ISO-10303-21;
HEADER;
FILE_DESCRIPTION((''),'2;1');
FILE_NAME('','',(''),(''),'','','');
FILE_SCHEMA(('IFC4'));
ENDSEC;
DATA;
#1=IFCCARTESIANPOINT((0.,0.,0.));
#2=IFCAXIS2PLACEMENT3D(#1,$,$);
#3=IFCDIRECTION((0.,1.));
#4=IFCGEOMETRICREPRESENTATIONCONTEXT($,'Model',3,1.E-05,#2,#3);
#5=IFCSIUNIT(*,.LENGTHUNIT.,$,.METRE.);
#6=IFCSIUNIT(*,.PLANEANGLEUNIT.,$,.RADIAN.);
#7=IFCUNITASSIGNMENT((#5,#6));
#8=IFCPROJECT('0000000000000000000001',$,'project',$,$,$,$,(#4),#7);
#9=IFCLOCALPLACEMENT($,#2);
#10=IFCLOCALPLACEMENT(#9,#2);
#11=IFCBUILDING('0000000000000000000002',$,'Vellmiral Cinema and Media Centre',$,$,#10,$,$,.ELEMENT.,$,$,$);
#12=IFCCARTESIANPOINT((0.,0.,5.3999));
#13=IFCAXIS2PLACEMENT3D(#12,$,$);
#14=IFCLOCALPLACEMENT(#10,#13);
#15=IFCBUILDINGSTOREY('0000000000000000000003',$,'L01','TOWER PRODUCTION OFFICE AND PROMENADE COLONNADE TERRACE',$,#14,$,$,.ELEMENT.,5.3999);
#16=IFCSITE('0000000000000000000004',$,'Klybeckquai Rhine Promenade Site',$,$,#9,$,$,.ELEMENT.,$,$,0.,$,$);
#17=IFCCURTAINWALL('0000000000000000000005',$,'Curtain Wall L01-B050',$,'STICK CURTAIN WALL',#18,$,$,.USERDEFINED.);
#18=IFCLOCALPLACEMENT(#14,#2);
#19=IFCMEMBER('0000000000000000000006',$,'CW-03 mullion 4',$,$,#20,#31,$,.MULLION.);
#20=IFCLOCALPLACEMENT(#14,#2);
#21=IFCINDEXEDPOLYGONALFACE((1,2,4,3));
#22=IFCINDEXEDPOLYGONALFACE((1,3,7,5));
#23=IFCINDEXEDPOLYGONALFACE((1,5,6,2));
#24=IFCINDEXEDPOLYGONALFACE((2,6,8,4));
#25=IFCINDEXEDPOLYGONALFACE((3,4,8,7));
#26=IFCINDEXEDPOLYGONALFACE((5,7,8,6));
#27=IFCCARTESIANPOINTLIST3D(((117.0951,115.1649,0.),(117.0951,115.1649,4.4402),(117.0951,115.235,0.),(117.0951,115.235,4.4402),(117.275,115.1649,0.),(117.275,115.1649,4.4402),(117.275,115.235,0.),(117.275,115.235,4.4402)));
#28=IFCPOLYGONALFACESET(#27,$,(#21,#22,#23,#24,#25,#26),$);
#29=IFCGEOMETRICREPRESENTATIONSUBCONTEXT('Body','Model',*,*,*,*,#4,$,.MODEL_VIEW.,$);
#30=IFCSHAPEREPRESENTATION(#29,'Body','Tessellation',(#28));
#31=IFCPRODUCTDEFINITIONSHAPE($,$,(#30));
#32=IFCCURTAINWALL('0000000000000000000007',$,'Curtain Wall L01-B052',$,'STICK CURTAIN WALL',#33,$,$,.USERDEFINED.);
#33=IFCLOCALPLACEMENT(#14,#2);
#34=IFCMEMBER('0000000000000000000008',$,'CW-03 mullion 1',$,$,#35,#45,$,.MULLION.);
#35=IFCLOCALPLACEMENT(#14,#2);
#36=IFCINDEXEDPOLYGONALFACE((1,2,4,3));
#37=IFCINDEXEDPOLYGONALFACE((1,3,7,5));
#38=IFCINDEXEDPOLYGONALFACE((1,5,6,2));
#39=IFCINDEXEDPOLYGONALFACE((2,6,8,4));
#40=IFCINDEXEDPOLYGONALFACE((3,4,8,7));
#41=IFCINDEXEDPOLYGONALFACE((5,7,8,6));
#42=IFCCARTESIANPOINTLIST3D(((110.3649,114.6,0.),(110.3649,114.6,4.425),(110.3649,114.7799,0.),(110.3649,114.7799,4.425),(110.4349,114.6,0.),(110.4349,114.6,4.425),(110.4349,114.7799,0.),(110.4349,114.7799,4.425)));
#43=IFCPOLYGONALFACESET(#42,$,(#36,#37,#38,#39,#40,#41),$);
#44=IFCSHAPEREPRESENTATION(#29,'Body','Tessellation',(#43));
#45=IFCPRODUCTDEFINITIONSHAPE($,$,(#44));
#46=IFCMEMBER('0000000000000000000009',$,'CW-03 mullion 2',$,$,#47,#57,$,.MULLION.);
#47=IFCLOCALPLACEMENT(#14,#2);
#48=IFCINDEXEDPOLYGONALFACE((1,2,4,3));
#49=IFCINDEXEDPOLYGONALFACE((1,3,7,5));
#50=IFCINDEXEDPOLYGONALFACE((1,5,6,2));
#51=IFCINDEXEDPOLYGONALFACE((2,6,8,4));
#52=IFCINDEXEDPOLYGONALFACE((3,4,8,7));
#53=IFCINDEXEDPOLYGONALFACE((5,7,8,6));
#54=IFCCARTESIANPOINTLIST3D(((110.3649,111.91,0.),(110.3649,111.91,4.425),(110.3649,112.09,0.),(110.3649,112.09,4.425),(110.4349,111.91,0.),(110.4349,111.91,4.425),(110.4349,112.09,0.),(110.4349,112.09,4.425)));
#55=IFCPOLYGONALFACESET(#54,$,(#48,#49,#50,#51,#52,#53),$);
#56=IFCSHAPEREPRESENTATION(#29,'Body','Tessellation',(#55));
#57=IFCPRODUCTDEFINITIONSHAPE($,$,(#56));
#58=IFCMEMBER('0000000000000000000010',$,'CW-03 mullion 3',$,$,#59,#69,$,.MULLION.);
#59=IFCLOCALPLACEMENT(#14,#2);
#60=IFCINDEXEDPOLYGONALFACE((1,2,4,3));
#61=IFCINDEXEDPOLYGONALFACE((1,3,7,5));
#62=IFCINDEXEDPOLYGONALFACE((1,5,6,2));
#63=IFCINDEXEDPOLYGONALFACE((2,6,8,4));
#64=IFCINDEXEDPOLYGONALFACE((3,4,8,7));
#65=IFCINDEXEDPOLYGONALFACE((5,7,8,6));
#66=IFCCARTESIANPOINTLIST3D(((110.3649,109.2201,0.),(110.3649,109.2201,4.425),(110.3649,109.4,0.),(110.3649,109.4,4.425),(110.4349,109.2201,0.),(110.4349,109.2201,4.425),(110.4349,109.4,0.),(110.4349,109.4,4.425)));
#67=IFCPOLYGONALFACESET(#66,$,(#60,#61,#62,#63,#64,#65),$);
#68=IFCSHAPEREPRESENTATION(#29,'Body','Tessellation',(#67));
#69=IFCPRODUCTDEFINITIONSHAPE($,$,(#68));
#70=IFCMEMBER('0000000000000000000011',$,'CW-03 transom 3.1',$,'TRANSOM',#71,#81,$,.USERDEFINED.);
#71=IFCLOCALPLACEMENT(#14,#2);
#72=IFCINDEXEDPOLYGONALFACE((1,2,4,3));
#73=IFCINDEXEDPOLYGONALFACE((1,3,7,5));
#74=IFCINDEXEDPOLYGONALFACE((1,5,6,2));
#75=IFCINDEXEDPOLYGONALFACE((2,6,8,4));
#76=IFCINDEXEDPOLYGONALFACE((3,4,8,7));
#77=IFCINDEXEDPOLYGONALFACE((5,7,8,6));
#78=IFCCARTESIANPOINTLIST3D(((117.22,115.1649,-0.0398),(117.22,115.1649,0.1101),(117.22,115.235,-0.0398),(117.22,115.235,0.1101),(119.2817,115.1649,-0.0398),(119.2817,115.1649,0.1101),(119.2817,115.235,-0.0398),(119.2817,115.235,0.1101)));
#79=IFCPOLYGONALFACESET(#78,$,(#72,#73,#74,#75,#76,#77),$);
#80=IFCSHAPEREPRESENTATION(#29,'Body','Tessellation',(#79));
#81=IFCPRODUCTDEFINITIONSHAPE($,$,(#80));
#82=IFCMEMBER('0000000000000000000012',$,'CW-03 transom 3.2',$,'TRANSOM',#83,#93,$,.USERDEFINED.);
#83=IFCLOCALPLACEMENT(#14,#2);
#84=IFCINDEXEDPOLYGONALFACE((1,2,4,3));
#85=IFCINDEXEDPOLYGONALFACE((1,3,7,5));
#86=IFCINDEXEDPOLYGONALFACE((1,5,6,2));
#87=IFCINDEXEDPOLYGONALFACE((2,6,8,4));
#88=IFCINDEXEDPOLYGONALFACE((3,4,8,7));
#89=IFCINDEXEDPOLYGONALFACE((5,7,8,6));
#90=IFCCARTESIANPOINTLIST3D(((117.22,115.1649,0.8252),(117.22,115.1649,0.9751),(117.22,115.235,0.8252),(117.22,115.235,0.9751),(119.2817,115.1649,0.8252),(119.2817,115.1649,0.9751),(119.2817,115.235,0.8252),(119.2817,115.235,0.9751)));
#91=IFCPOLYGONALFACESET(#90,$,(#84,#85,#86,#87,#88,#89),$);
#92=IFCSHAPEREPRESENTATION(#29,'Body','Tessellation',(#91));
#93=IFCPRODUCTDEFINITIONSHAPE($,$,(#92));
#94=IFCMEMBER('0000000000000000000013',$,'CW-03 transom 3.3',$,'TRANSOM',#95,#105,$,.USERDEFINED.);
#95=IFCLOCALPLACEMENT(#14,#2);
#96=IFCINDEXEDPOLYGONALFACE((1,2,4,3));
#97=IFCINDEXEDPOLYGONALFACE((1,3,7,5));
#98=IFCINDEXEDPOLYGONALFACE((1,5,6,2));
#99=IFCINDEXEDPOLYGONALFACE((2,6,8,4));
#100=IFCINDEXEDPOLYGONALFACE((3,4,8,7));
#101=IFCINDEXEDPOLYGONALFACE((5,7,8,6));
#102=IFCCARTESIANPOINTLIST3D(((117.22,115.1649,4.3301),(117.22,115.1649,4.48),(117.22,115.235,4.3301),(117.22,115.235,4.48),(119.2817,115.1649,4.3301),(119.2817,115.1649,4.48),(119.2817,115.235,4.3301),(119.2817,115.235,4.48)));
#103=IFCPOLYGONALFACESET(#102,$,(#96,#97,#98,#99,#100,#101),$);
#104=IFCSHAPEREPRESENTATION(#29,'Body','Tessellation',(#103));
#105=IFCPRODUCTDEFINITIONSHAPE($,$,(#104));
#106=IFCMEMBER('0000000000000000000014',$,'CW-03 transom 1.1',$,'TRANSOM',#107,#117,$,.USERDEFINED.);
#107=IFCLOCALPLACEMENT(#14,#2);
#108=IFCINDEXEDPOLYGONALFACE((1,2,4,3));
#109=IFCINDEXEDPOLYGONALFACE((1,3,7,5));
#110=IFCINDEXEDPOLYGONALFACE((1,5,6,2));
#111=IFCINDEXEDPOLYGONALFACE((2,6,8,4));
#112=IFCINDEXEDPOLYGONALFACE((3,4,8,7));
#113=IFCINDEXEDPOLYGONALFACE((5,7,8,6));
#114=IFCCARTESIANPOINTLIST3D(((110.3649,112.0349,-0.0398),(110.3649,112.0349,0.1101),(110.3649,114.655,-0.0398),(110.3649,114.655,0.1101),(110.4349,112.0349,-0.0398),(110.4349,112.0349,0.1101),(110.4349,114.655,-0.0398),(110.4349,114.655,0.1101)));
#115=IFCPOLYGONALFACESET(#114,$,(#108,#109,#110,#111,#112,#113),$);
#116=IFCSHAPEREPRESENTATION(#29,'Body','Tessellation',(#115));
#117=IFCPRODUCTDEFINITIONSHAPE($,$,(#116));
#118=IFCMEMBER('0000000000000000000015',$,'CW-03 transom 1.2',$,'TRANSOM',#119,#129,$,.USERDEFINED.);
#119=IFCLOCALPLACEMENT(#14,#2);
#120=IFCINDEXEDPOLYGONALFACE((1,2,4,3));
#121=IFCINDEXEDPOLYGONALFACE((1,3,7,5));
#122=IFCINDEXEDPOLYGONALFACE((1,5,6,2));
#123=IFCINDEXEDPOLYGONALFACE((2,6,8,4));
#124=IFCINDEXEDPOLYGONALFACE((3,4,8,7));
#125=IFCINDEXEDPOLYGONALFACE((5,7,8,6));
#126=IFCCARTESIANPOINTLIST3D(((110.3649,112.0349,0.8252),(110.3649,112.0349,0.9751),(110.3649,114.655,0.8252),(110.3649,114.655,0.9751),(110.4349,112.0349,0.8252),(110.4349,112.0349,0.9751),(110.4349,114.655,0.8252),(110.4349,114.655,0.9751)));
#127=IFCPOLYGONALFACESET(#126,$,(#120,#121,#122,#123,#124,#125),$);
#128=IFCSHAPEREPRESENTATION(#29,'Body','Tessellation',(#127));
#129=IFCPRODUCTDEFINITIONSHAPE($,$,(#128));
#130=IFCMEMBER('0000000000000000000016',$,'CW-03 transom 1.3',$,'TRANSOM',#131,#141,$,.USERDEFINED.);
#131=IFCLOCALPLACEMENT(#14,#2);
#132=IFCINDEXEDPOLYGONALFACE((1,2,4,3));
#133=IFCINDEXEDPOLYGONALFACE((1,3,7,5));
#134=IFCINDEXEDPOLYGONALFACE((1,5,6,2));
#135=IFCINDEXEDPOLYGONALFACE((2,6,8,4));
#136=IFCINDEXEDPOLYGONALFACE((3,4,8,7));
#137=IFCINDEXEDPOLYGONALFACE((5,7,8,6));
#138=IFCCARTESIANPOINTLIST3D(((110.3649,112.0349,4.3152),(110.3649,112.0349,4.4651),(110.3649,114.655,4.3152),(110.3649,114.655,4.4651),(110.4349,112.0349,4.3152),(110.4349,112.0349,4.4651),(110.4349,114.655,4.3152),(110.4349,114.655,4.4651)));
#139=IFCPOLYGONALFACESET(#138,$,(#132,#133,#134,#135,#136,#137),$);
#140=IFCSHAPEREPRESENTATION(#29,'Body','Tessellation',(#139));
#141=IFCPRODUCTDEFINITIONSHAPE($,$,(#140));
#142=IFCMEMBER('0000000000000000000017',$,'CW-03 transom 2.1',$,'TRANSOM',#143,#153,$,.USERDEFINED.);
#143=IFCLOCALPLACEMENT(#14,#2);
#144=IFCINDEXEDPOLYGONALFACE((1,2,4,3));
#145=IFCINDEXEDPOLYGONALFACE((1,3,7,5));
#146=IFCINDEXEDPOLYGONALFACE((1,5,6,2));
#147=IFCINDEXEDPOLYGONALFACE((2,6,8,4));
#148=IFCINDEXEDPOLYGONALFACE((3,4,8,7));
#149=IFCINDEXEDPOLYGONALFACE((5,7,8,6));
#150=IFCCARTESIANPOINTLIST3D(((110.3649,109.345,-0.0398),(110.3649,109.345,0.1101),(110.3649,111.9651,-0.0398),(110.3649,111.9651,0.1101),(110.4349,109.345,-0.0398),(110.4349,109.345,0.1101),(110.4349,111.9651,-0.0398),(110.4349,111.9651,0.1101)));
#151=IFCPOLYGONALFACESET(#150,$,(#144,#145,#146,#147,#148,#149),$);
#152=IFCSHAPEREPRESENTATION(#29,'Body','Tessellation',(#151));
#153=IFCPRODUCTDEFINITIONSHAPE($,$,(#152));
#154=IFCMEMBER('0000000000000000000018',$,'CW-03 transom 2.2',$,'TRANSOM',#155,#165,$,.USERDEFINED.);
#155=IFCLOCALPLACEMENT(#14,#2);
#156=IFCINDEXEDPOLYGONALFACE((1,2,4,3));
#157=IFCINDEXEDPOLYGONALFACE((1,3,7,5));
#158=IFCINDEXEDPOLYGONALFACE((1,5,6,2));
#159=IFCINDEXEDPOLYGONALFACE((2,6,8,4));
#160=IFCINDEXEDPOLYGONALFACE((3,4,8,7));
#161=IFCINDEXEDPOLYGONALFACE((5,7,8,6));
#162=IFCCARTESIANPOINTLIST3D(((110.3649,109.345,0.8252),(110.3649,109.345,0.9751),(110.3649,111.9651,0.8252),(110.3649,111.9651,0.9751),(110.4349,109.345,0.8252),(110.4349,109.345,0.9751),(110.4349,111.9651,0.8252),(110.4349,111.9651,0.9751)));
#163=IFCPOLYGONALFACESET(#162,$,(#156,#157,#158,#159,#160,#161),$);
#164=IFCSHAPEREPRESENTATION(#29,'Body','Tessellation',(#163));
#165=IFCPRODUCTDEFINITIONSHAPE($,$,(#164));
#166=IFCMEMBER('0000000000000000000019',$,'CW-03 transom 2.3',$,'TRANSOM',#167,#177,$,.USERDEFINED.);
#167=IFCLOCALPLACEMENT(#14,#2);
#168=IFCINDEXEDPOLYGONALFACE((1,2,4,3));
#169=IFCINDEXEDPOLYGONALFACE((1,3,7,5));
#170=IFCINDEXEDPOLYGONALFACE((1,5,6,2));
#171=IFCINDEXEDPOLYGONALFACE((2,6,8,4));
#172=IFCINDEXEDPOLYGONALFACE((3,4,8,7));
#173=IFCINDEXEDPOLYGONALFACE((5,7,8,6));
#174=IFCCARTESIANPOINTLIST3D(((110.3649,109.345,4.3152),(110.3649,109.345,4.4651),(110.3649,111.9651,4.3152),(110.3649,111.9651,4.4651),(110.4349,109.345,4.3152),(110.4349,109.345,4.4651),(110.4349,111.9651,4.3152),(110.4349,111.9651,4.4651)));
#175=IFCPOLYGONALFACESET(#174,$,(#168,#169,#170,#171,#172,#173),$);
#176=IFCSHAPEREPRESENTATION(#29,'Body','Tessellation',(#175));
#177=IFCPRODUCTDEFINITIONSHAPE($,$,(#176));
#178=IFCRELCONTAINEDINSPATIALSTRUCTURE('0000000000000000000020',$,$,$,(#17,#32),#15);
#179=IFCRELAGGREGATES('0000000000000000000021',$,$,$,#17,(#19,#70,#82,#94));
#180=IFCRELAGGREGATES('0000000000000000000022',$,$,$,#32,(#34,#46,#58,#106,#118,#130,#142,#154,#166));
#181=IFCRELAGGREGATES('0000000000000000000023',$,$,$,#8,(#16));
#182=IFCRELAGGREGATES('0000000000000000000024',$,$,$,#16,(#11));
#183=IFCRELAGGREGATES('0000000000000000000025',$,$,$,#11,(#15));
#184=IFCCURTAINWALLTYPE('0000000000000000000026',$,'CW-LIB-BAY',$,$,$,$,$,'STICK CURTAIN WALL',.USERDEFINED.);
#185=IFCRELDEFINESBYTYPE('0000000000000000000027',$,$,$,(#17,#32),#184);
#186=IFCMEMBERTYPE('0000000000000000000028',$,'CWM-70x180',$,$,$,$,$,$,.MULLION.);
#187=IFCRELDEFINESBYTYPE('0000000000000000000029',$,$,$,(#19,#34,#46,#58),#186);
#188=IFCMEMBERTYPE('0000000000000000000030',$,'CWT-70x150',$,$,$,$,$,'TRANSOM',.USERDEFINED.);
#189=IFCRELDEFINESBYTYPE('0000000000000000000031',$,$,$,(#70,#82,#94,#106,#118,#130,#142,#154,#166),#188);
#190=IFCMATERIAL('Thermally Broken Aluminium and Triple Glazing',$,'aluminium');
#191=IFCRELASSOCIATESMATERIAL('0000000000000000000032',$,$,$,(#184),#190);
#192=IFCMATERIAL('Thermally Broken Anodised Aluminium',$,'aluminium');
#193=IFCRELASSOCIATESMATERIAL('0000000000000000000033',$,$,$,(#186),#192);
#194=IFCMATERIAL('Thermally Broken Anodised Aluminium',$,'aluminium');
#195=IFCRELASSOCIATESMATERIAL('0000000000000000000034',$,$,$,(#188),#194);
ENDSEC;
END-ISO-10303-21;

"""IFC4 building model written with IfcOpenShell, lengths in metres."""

from ifc_helpers import new_model, si_unit, direction, frame, origin, origin_2d, place, context, subcontext, project, spatial, rectangle, extrude, material, material_profile, profile_set, type_object, element, aggregate, save


model = new_model("IFC4")

# Units and contexts
model_context = context("Model", 3, precision=1e-05, world=origin(), true_north=direction((0.0, 1.0)))
body_context = subcontext(model_context, "Body", "Model", "MODEL_VIEW")
ifc_project = project(units=[si_unit("LENGTHUNIT", "METRE"), si_unit("PLANEANGLEUNIT", "RADIAN")], contexts=[model_context])

# Site, building, storey
site_placement = place(None, origin())
site = spatial("IfcSite", under=ifc_project, at=site_placement, Name="Klybeckquai Rhine Promenade Site", CompositionType="ELEMENT", RefElevation=0.0)
building_placement = place(site_placement, origin())
building = spatial("IfcBuilding", under=site, at=building_placement, Name="Vellmiral Cinema and Media Centre", CompositionType="ELEMENT")
storey_placement = place(building_placement, frame((0.0, 0.0, 5.3999)))
storey = spatial("IfcBuildingStorey", under=building, at=storey_placement, Name="L01", Description="TOWER PRODUCTION OFFICE AND PROMENADE COLONNADE TERRACE", CompositionType="ELEMENT", Elevation=5.3999)

# Curtain walls, members
ifc_material_1 = material(Name="Thermally Broken Aluminium and Triple Glazing", Category="aluminium")
curtain_wall_type = type_object("IfcCurtainWallType", Name="CW-LIB-BAY", ElementType="STICK CURTAIN WALL", PredefinedType="USERDEFINED", material=ifc_material_1)
curtain_wall_1_placement = place(storey_placement, origin())
curtain_wall_1 = element("IfcCurtainWall", 1, at=curtain_wall_1_placement, inside=storey, type_object=curtain_wall_type, Name="Curtain Wall L01-B050", ObjectType="STICK CURTAIN WALL", PredefinedType="USERDEFINED")
ifc_material_2 = material(Name="Thermally Broken Anodised Aluminium", Category="aluminium")
ifc_material_profile_1 = material_profile(ifc_material_2, rectangle(XDim=0.0701, YDim=0.1799, at=origin_2d()), Name="MULL 70x180")
ifc_profile_set_1 = profile_set([ifc_material_profile_1], Name="Thermally Broken Anodised Aluminium")
member_type_1 = type_object("IfcMemberType", Name="CWM-70x180", PredefinedType="MULLION", material=ifc_profile_set_1)
member_1_placement = place(storey_placement, frame((117.1851, 115.2, 0.0), z_axis=(0.0, 0.0, 1.0), x_axis=(0.0, -1.0, 0.0)))
member_1 = element("IfcMember", 2, at=member_1_placement, type_object=member_type_1, Name="CW-03 mullion 4", PredefinedType="MULLION", context=body_context, shape_type="SweptSolid", body=[
    extrude(rectangle(XDim=0.0701, YDim=0.1799, at=origin_2d()), origin(), (0.0, 0.0, 1.0), 4.4402),
])
curtain_wall_2_placement = place(storey_placement, origin())
curtain_wall_2 = element("IfcCurtainWall", 3, at=curtain_wall_2_placement, inside=storey, type_object=curtain_wall_type, Name="Curtain Wall L01-B052", ObjectType="STICK CURTAIN WALL", PredefinedType="USERDEFINED")
member_2_placement = place(storey_placement, frame((110.3999, 114.6899, 0.0), z_axis=(0.0, 0.0, 1.0), x_axis=(1.0, 0.0, 0.0)))
member_2 = element("IfcMember", 4, at=member_2_placement, type_object=member_type_1, Name="CW-03 mullion 1", PredefinedType="MULLION", context=body_context, shape_type="SweptSolid", body=[
    extrude(rectangle(XDim=0.0701, YDim=0.1799, at=origin_2d()), origin(), (0.0, 0.0, 1.0), 4.425),
])
member_3_placement = place(storey_placement, frame((110.3999, 112.0, 0.0), z_axis=(0.0, 0.0, 1.0), x_axis=(1.0, 0.0, 0.0)))
member_3 = element("IfcMember", 5, at=member_3_placement, type_object=member_type_1, Name="CW-03 mullion 2", PredefinedType="MULLION", context=body_context, shape_type="SweptSolid", body=[
    extrude(rectangle(XDim=0.0701, YDim=0.1799, at=origin_2d()), origin(), (0.0, 0.0, 1.0), 4.425),
])
member_4_placement = place(storey_placement, frame((110.3999, 109.3101, 0.0), z_axis=(0.0, 0.0, 1.0), x_axis=(1.0, 0.0, 0.0)))
member_4 = element("IfcMember", 6, at=member_4_placement, type_object=member_type_1, Name="CW-03 mullion 3", PredefinedType="MULLION", context=body_context, shape_type="SweptSolid", body=[
    extrude(rectangle(XDim=0.0701, YDim=0.1799, at=origin_2d()), origin(), (0.0, 0.0, 1.0), 4.425),
])

# Members
ifc_material_3 = material(Name="Thermally Broken Anodised Aluminium", Category="aluminium")
ifc_material_profile_2 = material_profile(ifc_material_3, rectangle(XDim=0.0701, YDim=0.1499, at=origin_2d()), Name="MULL 70x150")
ifc_profile_set_2 = profile_set([ifc_material_profile_2], Name="Thermally Broken Anodised Aluminium")
member_type_2 = type_object("IfcMemberType", Name="CWT-70x150", ElementType="TRANSOM", PredefinedType="USERDEFINED", material=ifc_profile_set_2)
member_5_placement = place(storey_placement, frame((119.2817, 115.2, 0.0352), z_axis=(-1.0, 0.0, 0.0), x_axis=(0.0, -1.0, 0.0)))
member_5 = element("IfcMember", 7, at=member_5_placement, type_object=member_type_2, Name="CW-03 transom 3.1", ObjectType="TRANSOM", PredefinedType="USERDEFINED", context=body_context, shape_type="SweptSolid", body=[
    extrude(rectangle(XDim=0.0701, YDim=0.1499, at=origin_2d()), origin(), (0.0, 0.0, 1.0), 2.0618),
])
member_6_placement = place(storey_placement, frame((119.2817, 115.2, 0.9001), z_axis=(-1.0, 0.0, 0.0), x_axis=(0.0, -1.0, 0.0)))
member_6 = element("IfcMember", 8, at=member_6_placement, type_object=member_type_2, Name="CW-03 transom 3.2", ObjectType="TRANSOM", PredefinedType="USERDEFINED", context=body_context, shape_type="SweptSolid", body=[
    extrude(rectangle(XDim=0.0701, YDim=0.1499, at=origin_2d()), origin(), (0.0, 0.0, 1.0), 2.0618),
])
member_7_placement = place(storey_placement, frame((119.2817, 115.2, 4.405), z_axis=(-1.0, 0.0, 0.0), x_axis=(0.0, -1.0, 0.0)))
member_7 = element("IfcMember", 9, at=member_7_placement, type_object=member_type_2, Name="CW-03 transom 3.3", ObjectType="TRANSOM", PredefinedType="USERDEFINED", context=body_context, shape_type="SweptSolid", body=[
    extrude(rectangle(XDim=0.0701, YDim=0.1499, at=origin_2d()), origin(), (0.0, 0.0, 1.0), 2.0618),
])
member_8_placement = place(storey_placement, frame((110.3999, 114.655, 0.0352), z_axis=(0.0, -1.0, 0.0), x_axis=(1.0, 0.0, 0.0)))
member_8 = element("IfcMember", 10, at=member_8_placement, type_object=member_type_2, Name="CW-03 transom 1.1", ObjectType="TRANSOM", PredefinedType="USERDEFINED", context=body_context, shape_type="SweptSolid", body=[
    extrude(rectangle(XDim=0.0701, YDim=0.1499, at=origin_2d()), origin(), (0.0, 0.0, 1.0), 2.6201),
])
member_9_placement = place(storey_placement, frame((110.3999, 114.655, 0.9001), z_axis=(0.0, -1.0, 0.0), x_axis=(1.0, 0.0, 0.0)))
member_9 = element("IfcMember", 11, at=member_9_placement, type_object=member_type_2, Name="CW-03 transom 1.2", ObjectType="TRANSOM", PredefinedType="USERDEFINED", context=body_context, shape_type="SweptSolid", body=[
    extrude(rectangle(XDim=0.0701, YDim=0.1499, at=origin_2d()), origin(), (0.0, 0.0, 1.0), 2.6201),
])
member_10_placement = place(storey_placement, frame((110.3999, 114.655, 4.3901), z_axis=(0.0, -1.0, 0.0), x_axis=(1.0, 0.0, 0.0)))
member_10 = element("IfcMember", 12, at=member_10_placement, type_object=member_type_2, Name="CW-03 transom 1.3", ObjectType="TRANSOM", PredefinedType="USERDEFINED", context=body_context, shape_type="SweptSolid", body=[
    extrude(rectangle(XDim=0.0701, YDim=0.1499, at=origin_2d()), origin(), (0.0, 0.0, 1.0), 2.6201),
])
member_11_placement = place(storey_placement, frame((110.3999, 111.9651, 0.0352), z_axis=(0.0, -1.0, 0.0), x_axis=(1.0, 0.0, 0.0)))
member_11 = element("IfcMember", 13, at=member_11_placement, type_object=member_type_2, Name="CW-03 transom 2.1", ObjectType="TRANSOM", PredefinedType="USERDEFINED", context=body_context, shape_type="SweptSolid", body=[
    extrude(rectangle(XDim=0.0701, YDim=0.1499, at=origin_2d()), origin(), (0.0, 0.0, 1.0), 2.6201),
])
member_12_placement = place(storey_placement, frame((110.3999, 111.9651, 0.9001), z_axis=(0.0, -1.0, 0.0), x_axis=(1.0, 0.0, 0.0)))
member_12 = element("IfcMember", 14, at=member_12_placement, type_object=member_type_2, Name="CW-03 transom 2.2", ObjectType="TRANSOM", PredefinedType="USERDEFINED", context=body_context, shape_type="SweptSolid", body=[
    extrude(rectangle(XDim=0.0701, YDim=0.1499, at=origin_2d()), origin(), (0.0, 0.0, 1.0), 2.6201),
])
member_13_placement = place(storey_placement, frame((110.3999, 111.9651, 4.3901), z_axis=(0.0, -1.0, 0.0), x_axis=(1.0, 0.0, 0.0)))
member_13 = element("IfcMember", 15, at=member_13_placement, type_object=member_type_2, Name="CW-03 transom 2.3", ObjectType="TRANSOM", PredefinedType="USERDEFINED", context=body_context, shape_type="SweptSolid", body=[
    extrude(rectangle(XDim=0.0701, YDim=0.1499, at=origin_2d()), origin(), (0.0, 0.0, 1.0), 2.6201),
])

aggregate(curtain_wall_1, [member_1, member_5, member_6, member_7])
aggregate(curtain_wall_2, [member_2, member_3, member_4, member_8, member_9, member_10, member_11, member_12, member_13])

save(model, "model.ifc")
